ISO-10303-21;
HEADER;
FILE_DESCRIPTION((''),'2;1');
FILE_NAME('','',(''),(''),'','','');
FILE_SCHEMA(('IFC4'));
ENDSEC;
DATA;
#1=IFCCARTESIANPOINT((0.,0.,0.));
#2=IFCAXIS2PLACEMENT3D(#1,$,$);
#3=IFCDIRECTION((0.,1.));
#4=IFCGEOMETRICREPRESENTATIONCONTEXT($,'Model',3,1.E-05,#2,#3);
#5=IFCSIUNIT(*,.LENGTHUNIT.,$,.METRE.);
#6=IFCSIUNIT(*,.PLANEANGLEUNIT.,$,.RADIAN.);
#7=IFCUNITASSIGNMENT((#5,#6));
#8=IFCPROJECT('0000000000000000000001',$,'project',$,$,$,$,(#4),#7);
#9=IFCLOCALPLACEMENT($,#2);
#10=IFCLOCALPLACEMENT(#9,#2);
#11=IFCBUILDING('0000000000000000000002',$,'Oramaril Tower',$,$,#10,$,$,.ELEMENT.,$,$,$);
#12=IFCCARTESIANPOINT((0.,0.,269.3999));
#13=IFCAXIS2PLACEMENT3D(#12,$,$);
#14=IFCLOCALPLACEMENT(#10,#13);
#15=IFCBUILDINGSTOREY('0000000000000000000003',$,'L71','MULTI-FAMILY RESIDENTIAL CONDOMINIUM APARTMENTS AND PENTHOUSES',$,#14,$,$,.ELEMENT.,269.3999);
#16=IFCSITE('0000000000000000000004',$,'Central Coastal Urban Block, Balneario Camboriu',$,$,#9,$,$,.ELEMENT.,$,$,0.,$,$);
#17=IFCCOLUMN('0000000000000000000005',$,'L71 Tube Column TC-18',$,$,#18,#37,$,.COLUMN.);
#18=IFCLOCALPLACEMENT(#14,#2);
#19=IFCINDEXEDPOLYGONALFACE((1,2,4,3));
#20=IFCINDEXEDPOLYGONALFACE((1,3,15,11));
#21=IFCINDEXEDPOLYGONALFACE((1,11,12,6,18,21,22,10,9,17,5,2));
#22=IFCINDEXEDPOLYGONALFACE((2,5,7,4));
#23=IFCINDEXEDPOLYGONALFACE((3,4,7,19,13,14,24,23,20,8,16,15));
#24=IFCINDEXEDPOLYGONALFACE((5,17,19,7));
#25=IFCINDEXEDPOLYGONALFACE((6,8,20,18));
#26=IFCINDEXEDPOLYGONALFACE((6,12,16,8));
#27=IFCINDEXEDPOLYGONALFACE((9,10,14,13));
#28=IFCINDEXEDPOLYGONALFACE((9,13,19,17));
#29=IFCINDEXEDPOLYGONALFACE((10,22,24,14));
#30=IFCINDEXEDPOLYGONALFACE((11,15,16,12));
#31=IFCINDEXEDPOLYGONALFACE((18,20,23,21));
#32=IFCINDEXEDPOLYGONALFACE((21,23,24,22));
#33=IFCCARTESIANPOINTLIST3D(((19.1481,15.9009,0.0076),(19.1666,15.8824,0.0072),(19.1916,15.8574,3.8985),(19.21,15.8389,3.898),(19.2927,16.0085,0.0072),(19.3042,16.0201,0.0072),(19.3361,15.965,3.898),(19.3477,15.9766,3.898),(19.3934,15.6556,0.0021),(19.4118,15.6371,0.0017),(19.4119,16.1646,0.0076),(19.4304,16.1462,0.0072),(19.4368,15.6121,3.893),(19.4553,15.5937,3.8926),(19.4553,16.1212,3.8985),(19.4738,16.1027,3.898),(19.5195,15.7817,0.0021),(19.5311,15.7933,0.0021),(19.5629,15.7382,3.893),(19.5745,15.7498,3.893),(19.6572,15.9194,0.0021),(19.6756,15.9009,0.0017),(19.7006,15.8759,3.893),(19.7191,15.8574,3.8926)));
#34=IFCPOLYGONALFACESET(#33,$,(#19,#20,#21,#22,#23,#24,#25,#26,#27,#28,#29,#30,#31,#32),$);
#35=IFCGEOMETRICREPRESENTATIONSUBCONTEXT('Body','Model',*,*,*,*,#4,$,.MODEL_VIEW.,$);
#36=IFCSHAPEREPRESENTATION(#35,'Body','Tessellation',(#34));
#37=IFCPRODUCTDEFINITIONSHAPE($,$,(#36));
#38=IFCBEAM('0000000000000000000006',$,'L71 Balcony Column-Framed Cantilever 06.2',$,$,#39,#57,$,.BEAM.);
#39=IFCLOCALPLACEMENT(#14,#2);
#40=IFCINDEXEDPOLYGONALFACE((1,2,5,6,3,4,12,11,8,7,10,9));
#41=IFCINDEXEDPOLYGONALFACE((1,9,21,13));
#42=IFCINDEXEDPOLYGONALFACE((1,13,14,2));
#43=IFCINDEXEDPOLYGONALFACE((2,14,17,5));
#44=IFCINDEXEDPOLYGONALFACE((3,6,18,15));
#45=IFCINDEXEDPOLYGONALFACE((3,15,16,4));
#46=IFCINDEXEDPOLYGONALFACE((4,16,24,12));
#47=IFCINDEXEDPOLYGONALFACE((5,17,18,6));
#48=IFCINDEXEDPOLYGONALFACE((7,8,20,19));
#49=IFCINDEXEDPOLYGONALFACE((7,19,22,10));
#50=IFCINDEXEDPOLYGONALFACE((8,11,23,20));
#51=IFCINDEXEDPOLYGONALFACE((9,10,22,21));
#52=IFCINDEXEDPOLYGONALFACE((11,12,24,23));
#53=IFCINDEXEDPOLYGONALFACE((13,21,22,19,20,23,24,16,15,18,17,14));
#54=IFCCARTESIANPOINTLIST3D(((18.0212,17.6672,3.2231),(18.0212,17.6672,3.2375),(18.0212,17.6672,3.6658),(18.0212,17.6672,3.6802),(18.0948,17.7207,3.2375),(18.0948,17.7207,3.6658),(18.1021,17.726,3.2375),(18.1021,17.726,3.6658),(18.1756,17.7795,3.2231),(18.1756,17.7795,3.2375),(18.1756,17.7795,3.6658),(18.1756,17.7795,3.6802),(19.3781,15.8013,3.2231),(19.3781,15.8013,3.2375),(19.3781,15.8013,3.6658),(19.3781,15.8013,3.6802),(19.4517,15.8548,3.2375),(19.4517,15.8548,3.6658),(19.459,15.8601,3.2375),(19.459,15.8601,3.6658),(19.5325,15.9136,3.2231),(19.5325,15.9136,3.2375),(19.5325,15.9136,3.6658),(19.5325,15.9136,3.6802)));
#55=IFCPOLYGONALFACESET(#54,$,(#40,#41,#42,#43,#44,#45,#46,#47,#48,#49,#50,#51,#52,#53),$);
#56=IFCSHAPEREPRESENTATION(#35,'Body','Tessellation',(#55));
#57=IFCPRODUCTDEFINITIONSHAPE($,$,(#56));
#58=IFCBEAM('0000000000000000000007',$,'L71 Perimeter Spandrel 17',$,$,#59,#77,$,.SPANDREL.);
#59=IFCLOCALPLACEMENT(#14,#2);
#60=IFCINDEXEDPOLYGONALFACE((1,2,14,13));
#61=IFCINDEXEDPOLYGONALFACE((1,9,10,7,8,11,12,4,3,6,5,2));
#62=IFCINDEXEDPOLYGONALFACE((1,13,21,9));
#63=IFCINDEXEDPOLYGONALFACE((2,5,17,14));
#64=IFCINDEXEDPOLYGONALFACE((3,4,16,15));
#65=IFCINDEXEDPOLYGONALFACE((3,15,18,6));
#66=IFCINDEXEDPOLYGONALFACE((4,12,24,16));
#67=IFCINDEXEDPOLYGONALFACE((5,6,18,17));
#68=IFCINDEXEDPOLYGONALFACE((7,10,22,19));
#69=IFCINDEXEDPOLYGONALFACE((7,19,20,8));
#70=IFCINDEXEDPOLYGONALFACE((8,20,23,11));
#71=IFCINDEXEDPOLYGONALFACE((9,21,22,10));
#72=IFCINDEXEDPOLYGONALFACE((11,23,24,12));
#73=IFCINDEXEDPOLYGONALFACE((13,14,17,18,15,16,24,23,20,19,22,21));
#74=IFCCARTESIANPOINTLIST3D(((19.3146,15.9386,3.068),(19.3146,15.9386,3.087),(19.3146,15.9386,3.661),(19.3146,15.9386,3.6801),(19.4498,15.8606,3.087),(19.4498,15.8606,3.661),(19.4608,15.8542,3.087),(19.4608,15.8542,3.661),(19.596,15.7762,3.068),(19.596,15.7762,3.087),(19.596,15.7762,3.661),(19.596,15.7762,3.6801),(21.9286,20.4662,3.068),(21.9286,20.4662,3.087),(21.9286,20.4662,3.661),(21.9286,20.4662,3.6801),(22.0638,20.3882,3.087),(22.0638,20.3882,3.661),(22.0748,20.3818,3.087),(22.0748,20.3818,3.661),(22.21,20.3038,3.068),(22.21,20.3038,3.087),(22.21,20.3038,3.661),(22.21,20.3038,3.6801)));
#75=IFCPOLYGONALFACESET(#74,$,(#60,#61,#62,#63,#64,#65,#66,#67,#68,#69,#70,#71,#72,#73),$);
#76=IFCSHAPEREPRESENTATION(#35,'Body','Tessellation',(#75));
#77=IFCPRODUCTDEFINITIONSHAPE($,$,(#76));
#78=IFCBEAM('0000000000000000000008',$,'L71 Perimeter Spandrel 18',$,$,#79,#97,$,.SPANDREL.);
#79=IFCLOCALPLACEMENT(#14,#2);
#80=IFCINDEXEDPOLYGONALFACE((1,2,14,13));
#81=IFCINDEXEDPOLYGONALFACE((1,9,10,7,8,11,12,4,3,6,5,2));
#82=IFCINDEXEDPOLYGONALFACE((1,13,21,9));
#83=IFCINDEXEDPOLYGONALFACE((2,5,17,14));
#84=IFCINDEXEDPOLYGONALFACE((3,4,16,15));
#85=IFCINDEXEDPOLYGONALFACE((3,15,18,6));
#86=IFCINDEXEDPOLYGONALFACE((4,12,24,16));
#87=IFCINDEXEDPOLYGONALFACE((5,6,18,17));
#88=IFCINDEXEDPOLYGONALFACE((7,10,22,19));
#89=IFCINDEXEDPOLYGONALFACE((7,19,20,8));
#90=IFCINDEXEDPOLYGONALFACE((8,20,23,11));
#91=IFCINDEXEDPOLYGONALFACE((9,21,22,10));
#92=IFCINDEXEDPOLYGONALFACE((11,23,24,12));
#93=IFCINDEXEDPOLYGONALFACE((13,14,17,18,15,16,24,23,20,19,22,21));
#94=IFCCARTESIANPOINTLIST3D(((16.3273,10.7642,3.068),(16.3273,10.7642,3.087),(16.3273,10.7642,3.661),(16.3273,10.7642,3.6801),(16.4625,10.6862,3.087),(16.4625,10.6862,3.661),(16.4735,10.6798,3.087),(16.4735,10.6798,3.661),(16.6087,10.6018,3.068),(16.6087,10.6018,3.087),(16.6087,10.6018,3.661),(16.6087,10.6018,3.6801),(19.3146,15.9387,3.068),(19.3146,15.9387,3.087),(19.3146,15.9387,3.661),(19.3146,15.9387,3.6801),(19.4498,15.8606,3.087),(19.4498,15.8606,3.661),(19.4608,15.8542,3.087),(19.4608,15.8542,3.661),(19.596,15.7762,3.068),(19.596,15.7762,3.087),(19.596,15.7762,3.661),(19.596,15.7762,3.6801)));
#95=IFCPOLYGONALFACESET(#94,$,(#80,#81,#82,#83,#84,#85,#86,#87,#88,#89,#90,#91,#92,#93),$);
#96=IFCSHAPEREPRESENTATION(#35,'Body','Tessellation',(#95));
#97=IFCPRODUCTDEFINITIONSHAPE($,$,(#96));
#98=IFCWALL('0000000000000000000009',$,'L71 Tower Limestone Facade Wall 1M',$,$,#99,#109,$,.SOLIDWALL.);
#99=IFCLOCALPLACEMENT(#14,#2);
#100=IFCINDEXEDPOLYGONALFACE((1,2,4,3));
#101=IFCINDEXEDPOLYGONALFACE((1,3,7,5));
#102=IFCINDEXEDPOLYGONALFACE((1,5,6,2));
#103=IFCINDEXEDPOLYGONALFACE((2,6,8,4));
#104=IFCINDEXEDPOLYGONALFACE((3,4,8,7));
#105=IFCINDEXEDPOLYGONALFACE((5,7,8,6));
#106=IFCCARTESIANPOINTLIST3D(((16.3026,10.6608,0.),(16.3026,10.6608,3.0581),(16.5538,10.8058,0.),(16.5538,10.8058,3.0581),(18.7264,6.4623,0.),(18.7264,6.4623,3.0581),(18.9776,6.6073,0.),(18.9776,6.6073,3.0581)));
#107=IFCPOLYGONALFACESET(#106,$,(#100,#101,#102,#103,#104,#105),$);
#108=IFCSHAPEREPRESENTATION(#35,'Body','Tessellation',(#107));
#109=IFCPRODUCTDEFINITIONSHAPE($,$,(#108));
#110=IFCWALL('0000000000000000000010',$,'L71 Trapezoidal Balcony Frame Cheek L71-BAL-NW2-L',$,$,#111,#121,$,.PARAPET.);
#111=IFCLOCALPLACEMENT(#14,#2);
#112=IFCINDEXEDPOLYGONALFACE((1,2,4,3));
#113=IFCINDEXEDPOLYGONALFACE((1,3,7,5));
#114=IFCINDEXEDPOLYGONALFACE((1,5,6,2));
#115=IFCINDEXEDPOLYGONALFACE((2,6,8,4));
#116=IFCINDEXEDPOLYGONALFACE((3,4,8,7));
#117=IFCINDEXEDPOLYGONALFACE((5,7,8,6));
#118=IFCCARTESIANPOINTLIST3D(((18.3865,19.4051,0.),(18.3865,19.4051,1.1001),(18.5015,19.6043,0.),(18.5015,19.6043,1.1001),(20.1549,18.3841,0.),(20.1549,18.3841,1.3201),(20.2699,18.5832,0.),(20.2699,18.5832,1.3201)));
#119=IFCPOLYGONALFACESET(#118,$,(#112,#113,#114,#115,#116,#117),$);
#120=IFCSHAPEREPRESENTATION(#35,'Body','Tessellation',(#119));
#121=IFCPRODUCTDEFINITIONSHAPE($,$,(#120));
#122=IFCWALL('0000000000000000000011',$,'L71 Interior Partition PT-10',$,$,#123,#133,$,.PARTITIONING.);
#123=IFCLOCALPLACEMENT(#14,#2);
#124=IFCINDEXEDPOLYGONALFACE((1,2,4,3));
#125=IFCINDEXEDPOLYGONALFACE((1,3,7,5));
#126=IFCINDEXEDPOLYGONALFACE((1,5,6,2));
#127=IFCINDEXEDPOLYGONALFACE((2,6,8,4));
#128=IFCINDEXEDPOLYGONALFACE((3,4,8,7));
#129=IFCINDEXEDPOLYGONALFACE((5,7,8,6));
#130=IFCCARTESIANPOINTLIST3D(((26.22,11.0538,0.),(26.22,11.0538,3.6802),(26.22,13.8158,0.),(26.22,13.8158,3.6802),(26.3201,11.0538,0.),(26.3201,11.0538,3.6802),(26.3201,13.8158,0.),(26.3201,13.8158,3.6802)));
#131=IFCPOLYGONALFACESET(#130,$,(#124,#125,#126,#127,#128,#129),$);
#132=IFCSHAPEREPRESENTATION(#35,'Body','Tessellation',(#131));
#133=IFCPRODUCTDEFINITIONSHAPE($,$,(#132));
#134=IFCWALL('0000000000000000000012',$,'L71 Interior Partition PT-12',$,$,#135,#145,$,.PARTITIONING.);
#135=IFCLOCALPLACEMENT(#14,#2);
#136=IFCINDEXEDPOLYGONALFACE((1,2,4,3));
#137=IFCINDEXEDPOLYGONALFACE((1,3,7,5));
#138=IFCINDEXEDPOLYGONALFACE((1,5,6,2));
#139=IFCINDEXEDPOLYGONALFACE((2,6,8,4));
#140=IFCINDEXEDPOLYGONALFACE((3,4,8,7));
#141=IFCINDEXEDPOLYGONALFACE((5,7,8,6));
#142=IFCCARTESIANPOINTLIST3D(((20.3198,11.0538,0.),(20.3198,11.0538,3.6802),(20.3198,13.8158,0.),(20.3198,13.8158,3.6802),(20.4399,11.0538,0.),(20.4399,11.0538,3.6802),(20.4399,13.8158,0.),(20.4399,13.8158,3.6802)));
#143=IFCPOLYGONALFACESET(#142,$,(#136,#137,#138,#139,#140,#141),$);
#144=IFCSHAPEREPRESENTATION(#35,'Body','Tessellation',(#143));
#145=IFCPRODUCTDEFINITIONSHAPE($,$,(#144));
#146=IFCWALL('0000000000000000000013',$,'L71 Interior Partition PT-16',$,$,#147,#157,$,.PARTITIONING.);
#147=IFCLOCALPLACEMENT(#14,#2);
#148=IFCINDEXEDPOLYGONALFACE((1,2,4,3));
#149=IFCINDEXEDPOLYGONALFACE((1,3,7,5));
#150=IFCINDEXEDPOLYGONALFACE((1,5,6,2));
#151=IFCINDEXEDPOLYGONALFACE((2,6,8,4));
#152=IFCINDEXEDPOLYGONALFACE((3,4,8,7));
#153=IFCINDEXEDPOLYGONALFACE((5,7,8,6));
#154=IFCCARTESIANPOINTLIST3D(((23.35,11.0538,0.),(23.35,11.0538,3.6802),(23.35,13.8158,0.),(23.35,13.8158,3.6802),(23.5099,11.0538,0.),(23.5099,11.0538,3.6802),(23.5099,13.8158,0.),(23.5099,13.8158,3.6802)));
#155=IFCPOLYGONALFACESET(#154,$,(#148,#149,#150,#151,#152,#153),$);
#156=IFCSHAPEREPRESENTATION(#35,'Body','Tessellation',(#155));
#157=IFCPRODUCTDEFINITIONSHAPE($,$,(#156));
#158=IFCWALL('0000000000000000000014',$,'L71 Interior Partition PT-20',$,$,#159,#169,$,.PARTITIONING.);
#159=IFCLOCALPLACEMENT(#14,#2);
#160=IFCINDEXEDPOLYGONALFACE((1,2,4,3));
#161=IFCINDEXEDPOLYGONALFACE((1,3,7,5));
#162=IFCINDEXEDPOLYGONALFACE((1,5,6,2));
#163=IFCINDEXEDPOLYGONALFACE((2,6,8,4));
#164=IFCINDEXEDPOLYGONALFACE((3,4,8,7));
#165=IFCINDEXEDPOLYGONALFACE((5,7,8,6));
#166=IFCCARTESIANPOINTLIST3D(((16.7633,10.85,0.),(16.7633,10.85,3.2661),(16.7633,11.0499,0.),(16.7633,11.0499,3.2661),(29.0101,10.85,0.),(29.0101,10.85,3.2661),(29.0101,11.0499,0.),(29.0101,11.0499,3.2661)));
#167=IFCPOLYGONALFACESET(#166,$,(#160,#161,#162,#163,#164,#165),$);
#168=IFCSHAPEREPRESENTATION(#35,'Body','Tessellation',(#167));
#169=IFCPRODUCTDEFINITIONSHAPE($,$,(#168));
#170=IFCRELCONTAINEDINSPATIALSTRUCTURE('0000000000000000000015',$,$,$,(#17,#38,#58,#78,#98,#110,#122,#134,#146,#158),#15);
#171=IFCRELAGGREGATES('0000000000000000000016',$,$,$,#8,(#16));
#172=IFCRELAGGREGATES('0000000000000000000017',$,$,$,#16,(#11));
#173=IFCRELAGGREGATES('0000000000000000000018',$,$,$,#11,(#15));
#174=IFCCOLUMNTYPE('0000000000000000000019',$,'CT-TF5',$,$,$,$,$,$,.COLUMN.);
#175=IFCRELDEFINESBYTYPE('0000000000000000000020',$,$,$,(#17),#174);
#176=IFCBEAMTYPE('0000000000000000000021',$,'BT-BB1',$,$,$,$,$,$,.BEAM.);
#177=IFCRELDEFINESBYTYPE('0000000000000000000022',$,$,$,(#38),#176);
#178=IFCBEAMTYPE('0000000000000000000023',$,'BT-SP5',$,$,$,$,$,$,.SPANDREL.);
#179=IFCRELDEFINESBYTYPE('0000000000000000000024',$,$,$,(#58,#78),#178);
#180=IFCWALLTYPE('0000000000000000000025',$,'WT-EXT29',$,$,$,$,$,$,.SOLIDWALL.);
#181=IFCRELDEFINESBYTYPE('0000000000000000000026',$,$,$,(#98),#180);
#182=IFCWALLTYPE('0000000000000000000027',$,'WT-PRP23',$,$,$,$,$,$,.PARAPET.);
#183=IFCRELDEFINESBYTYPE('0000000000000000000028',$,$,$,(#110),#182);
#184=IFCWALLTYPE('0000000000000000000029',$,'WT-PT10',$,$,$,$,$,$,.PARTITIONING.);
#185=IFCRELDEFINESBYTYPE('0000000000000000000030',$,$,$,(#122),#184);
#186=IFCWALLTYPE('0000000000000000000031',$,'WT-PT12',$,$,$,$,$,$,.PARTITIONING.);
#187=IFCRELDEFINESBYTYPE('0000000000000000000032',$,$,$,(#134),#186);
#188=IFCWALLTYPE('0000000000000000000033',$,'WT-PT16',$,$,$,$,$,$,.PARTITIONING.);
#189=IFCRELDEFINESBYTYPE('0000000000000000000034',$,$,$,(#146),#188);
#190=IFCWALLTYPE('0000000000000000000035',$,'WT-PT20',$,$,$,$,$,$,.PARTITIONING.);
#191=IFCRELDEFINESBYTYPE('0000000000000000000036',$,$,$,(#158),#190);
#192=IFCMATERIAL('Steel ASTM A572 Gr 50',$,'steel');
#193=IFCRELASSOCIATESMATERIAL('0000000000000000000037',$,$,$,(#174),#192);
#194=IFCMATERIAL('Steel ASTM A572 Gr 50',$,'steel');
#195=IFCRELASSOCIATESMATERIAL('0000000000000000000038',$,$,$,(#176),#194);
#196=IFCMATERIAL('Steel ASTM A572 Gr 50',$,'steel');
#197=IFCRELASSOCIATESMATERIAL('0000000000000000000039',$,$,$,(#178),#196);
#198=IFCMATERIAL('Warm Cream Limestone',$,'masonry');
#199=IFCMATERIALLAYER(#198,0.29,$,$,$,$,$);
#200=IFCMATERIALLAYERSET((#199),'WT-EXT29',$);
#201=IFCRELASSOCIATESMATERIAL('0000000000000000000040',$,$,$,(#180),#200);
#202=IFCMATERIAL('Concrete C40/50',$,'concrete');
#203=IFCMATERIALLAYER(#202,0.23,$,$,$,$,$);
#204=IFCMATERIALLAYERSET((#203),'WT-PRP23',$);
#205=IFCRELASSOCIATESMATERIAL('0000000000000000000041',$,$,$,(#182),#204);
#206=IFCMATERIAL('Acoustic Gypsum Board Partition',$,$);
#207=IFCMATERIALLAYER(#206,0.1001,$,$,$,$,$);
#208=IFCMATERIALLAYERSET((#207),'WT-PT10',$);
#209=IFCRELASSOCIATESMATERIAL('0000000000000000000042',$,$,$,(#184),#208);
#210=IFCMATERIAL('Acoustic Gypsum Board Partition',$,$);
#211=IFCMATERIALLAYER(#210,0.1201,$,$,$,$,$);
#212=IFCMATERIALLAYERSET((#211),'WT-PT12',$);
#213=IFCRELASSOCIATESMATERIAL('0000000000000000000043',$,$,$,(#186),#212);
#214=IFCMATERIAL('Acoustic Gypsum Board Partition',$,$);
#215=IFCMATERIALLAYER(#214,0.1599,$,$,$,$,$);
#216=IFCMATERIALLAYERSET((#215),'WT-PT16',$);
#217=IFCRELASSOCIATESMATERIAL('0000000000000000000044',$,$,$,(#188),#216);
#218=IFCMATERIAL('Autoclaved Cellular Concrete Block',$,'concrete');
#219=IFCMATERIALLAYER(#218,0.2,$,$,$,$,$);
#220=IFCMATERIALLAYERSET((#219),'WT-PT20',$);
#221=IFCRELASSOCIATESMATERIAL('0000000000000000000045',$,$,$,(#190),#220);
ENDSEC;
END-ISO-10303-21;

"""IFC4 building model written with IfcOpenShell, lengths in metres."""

from ifc_helpers import new_model, si_unit, direction, frame, frame_2d, origin, origin_2d, place, context, subcontext, project, spatial, polyline, rectangle, i_section, outline, extrude, material, layer, layer_set, material_profile, profile_set, type_object, element, save


model = new_model("IFC4")

# Units and contexts
model_context = context("Model", 3, precision=1e-05, world=origin(), true_north=direction((0.0, 1.0)))
body_context = subcontext(model_context, "Body", "Model", "MODEL_VIEW")
ifc_project = project(units=[si_unit("LENGTHUNIT", "METRE"), si_unit("PLANEANGLEUNIT", "RADIAN")], contexts=[model_context])

# Site, building, storey
site_placement = place(None, origin())
site = spatial("IfcSite", under=ifc_project, at=site_placement, Name="Central Coastal Urban Block, Balneario Camboriu", CompositionType="ELEMENT", RefElevation=0.0)
building_placement = place(site_placement, origin())
building = spatial("IfcBuilding", under=site, at=building_placement, Name="Oramaril Tower", CompositionType="ELEMENT")
storey_placement = place(building_placement, frame((0.0, 0.0, 269.3999)))
storey = spatial("IfcBuildingStorey", under=building, at=storey_placement, Name="L71", Description="MULTI-FAMILY RESIDENTIAL CONDOMINIUM APARTMENTS AND PENTHOUSES", CompositionType="ELEMENT", Elevation=269.3999)

# Column
ifc_material_1 = material(Name="Steel ASTM A572 Gr 50", Category="steel")
ifc_material_profile_1 = material_profile(ifc_material_1, i_section(OverallWidth=0.373, OverallDepth=0.373, WebThickness=0.0164, FlangeThickness=0.0261, at=origin_2d()), Name="W14X132")
ifc_profile_set_1 = profile_set([ifc_material_profile_1], Name="Steel ASTM A572 Gr 50")
column_type = type_object("IfcColumnType", Name="CT-TF5", PredefinedType="COLUMN", material=ifc_profile_set_1)
column_placement = place(storey_placement, frame((19.4119, 15.9009, 0.0046), z_axis=(0.011168, -0.011168, 0.999875), x_axis=(0.707107, 0.707107, 0.0)))
element("IfcColumn", 1, at=column_placement, inside=storey, type_object=column_type, Name="L71 Tube Column TC-18", PredefinedType="COLUMN", context=body_context, shape_type="SweptSolid", body=[
    extrude(i_section(OverallWidth=0.373, OverallDepth=0.373, WebThickness=0.0164, FlangeThickness=0.0261, at=origin_2d()), origin(), (0.0, 0.0, 1.0), 3.8914),
])

# Beams
ifc_material_2 = material(Name="Steel ASTM A572 Gr 50", Category="steel")
ifc_material_profile_2 = material_profile(ifc_material_2, i_section(OverallWidth=0.1909, OverallDepth=0.457, WebThickness=0.009, FlangeThickness=0.0144, at=origin_2d()), Name="W18X50")
ifc_profile_set_2 = profile_set([ifc_material_profile_2], Name="Steel ASTM A572 Gr 50")
beam_type_1 = type_object("IfcBeamType", Name="BT-BB1", PredefinedType="BEAM", material=ifc_profile_set_2)
beam_1_placement = place(storey_placement, frame((19.4553, 15.8574, 3.4517), z_axis=(-0.588134, 0.808764, 0.0), x_axis=(-0.808764, -0.588134, 0.0)))
element("IfcBeam", 2, at=beam_1_placement, inside=storey, type_object=beam_type_1, Name="L71 Balcony Column-Framed Cantilever 06.2", PredefinedType="BEAM", context=body_context, shape_type="SweptSolid", body=[
    extrude(i_section(OverallWidth=0.1909, OverallDepth=0.457, WebThickness=0.009, FlangeThickness=0.0144, at=origin_2d()), origin(), (0.0, 0.0, 1.0), 2.3071),
])
ifc_material_3 = material(Name="Steel ASTM A572 Gr 50", Category="steel")
ifc_material_profile_3 = material_profile(ifc_material_3, i_section(OverallWidth=0.325, OverallDepth=0.6121, WebThickness=0.0127, FlangeThickness=0.019, at=origin_2d()), Name="W24X104")
ifc_profile_set_3 = profile_set([ifc_material_profile_3], Name="Steel ASTM A572 Gr 50")
beam_type_2 = type_object("IfcBeamType", Name="BT-SP5", PredefinedType="SPANDREL", material=ifc_profile_set_3)
beam_2_placement = place(storey_placement, frame((22.0693, 20.385, 3.374), z_axis=(-0.500001, -0.866025, 0.0), x_axis=(0.866025, -0.500001, 0.0)))
element("IfcBeam", 3, at=beam_2_placement, inside=storey, type_object=beam_type_2, Name="L71 Perimeter Spandrel 17", PredefinedType="SPANDREL", context=body_context, shape_type="SweptSolid", body=[
    extrude(i_section(OverallWidth=0.325, OverallDepth=0.6121, WebThickness=0.0127, FlangeThickness=0.019, at=origin_2d()), origin(), (0.0, 0.0, 1.0), 5.228),
])
beam_3_placement = place(storey_placement, frame((19.4553, 15.8574, 3.374), z_axis=(-0.499989, -0.866032, 0.0), x_axis=(0.866032, -0.499989, 0.0)))
element("IfcBeam", 4, at=beam_3_placement, inside=storey, type_object=beam_type_2, Name="L71 Perimeter Spandrel 18", PredefinedType="SPANDREL", context=body_context, shape_type="SweptSolid", body=[
    extrude(i_section(OverallWidth=0.325, OverallDepth=0.6121, WebThickness=0.0127, FlangeThickness=0.019, at=origin_2d()), origin(), (0.0, 0.0, 1.0), 5.9749),
])

# Walls
ifc_material_4 = material(Name="Warm Cream Limestone", Category="masonry")
ifc_layer_1 = layer(ifc_material_4, 0.29)
ifc_layer_set_1 = layer_set([ifc_layer_1], Name="WT-EXT29")
wall_type_1 = type_object("IfcWallType", Name="WT-EXT29", PredefinedType="SOLIDWALL", material=ifc_layer_set_1)
wall_1_placement = place(storey_placement, frame((16.4282, 10.7332, 0.0), z_axis=(0.0, 0.0, 1.0), x_axis=(0.499974, -0.866041, 0.0)))
element("IfcWall", 5, at=wall_1_placement, inside=storey, type_object=wall_type_1, Name="L71 Tower Limestone Facade Wall 1M", PredefinedType="SOLIDWALL", context=body_context, shape_type="SweptSolid", body=[
    extrude(rectangle(XDim=4.8479, YDim=0.29, at=frame_2d((2.4238, 0.0))), origin(), (0.0, 0.0, 1.0), 3.0581),
])
ifc_material_5 = material(Name="Concrete C40/50", Category="concrete")
ifc_layer_2 = layer(ifc_material_5, 0.23)
ifc_layer_set_2 = layer_set([ifc_layer_2], Name="WT-PRP23")
wall_type_2 = type_object("IfcWallType", Name="WT-PRP23", PredefinedType="PARAPET", material=ifc_layer_set_2)
wall_2_placement = place(storey_placement, frame((20.2124, 18.4836, 0.0), z_axis=(0.0, 0.0, 1.0), x_axis=(-0.866012, 0.500023, 0.0)))
element("IfcWall", 6, at=wall_2_placement, inside=storey, type_object=wall_type_2, Name="L71 Trapezoidal Balcony Frame Cheek L71-BAL-NW2-L", PredefinedType="PARAPET", context=body_context, shape_type="SweptSolid", body=[
    extrude(outline(polyline([(0.0, 0.0), (2.042, 0.0), (2.042, 1.1001), (0.0, 1.3201), (0.0, 0.0)])), frame((0.0, 0.115, 0.0), z_axis=(0.0, -1.0, 0.0), x_axis=(1.0, 0.0, 0.0)), (0.0, 0.0, 1.0), 0.23),
])
ifc_material_6 = material(Name="Acoustic Gypsum Board Partition")
ifc_layer_3 = layer(ifc_material_6, 0.1001)
ifc_layer_set_3 = layer_set([ifc_layer_3], Name="WT-PT10")
wall_type_3 = type_object("IfcWallType", Name="WT-PT10", PredefinedType="PARTITIONING", material=ifc_layer_set_3)
wall_3_placement = place(storey_placement, frame((26.27, 11.054, 0.0), z_axis=(0.0, 0.0, 1.0), x_axis=(0.0, 1.0, 0.0)))
element("IfcWall", 7, at=wall_3_placement, inside=storey, type_object=wall_type_3, Name="L71 Interior Partition PT-10", PredefinedType="PARTITIONING", context=body_context, shape_type="SweptSolid", body=[
    extrude(rectangle(XDim=2.762, YDim=0.1001, at=frame_2d((1.3809, 0.0))), origin(), (0.0, 0.0, 1.0), 3.6802),
])
ifc_material_7 = material(Name="Acoustic Gypsum Board Partition")
ifc_layer_4 = layer(ifc_material_7, 0.1201)
ifc_layer_set_4 = layer_set([ifc_layer_4], Name="WT-PT12")
wall_type_4 = type_object("IfcWallType", Name="WT-PT12", PredefinedType="PARTITIONING", material=ifc_layer_set_4)
wall_4_placement = place(storey_placement, frame((20.3799, 11.054, 0.0), z_axis=(0.0, 0.0, 1.0), x_axis=(0.0, 1.0, 0.0)))
element("IfcWall", 8, at=wall_4_placement, inside=storey, type_object=wall_type_4, Name="L71 Interior Partition PT-12", PredefinedType="PARTITIONING", context=body_context, shape_type="SweptSolid", body=[
    extrude(rectangle(XDim=2.762, YDim=0.1201, at=frame_2d((1.3809, 0.0))), origin(), (0.0, 0.0, 1.0), 3.6802),
])

# Shared definitions
ifc_material_8 = material(Name="Acoustic Gypsum Board Partition")
ifc_layer_5 = layer(ifc_material_8, 0.1599)
ifc_layer_set_5 = layer_set([ifc_layer_5], Name="WT-PT16")
wall_type_5 = type_object("IfcWallType", Name="WT-PT16", PredefinedType="PARTITIONING", material=ifc_layer_set_5)

# Walls
wall_5_placement = place(storey_placement, frame((23.4299, 11.054, 0.0), z_axis=(0.0, 0.0, 1.0), x_axis=(0.0, 1.0, 0.0)))
element("IfcWall", 9, at=wall_5_placement, inside=storey, type_object=wall_type_5, Name="L71 Interior Partition PT-16", PredefinedType="PARTITIONING", context=body_context, shape_type="SweptSolid", body=[
    extrude(rectangle(XDim=2.762, YDim=0.1599, at=frame_2d((1.3809, 0.0))), origin(), (0.0, 0.0, 1.0), 3.6802),
])
ifc_material_9 = material(Name="Autoclaved Cellular Concrete Block", Category="concrete")
ifc_layer_6 = layer(ifc_material_9, 0.2)
ifc_layer_set_6 = layer_set([ifc_layer_6], Name="WT-PT20")
wall_type_6 = type_object("IfcWallType", Name="WT-PT20", PredefinedType="PARTITIONING", material=ifc_layer_set_6)
wall_6_placement = place(storey_placement, frame((16.7632, 10.95, 0.0), z_axis=(0.0, 0.0, 1.0), x_axis=(1.0, 0.0, 0.0)))
element("IfcWall", 10, at=wall_6_placement, inside=storey, type_object=wall_type_6, Name="L71 Interior Partition PT-20", PredefinedType="PARTITIONING", context=body_context, shape_type="SweptSolid", body=[
    extrude(rectangle(XDim=12.2468, YDim=0.2, at=frame_2d((6.1235, 0.0))), origin(), (0.0, 0.0, 1.0), 3.2661),
])

save(model, "model.ifc")
